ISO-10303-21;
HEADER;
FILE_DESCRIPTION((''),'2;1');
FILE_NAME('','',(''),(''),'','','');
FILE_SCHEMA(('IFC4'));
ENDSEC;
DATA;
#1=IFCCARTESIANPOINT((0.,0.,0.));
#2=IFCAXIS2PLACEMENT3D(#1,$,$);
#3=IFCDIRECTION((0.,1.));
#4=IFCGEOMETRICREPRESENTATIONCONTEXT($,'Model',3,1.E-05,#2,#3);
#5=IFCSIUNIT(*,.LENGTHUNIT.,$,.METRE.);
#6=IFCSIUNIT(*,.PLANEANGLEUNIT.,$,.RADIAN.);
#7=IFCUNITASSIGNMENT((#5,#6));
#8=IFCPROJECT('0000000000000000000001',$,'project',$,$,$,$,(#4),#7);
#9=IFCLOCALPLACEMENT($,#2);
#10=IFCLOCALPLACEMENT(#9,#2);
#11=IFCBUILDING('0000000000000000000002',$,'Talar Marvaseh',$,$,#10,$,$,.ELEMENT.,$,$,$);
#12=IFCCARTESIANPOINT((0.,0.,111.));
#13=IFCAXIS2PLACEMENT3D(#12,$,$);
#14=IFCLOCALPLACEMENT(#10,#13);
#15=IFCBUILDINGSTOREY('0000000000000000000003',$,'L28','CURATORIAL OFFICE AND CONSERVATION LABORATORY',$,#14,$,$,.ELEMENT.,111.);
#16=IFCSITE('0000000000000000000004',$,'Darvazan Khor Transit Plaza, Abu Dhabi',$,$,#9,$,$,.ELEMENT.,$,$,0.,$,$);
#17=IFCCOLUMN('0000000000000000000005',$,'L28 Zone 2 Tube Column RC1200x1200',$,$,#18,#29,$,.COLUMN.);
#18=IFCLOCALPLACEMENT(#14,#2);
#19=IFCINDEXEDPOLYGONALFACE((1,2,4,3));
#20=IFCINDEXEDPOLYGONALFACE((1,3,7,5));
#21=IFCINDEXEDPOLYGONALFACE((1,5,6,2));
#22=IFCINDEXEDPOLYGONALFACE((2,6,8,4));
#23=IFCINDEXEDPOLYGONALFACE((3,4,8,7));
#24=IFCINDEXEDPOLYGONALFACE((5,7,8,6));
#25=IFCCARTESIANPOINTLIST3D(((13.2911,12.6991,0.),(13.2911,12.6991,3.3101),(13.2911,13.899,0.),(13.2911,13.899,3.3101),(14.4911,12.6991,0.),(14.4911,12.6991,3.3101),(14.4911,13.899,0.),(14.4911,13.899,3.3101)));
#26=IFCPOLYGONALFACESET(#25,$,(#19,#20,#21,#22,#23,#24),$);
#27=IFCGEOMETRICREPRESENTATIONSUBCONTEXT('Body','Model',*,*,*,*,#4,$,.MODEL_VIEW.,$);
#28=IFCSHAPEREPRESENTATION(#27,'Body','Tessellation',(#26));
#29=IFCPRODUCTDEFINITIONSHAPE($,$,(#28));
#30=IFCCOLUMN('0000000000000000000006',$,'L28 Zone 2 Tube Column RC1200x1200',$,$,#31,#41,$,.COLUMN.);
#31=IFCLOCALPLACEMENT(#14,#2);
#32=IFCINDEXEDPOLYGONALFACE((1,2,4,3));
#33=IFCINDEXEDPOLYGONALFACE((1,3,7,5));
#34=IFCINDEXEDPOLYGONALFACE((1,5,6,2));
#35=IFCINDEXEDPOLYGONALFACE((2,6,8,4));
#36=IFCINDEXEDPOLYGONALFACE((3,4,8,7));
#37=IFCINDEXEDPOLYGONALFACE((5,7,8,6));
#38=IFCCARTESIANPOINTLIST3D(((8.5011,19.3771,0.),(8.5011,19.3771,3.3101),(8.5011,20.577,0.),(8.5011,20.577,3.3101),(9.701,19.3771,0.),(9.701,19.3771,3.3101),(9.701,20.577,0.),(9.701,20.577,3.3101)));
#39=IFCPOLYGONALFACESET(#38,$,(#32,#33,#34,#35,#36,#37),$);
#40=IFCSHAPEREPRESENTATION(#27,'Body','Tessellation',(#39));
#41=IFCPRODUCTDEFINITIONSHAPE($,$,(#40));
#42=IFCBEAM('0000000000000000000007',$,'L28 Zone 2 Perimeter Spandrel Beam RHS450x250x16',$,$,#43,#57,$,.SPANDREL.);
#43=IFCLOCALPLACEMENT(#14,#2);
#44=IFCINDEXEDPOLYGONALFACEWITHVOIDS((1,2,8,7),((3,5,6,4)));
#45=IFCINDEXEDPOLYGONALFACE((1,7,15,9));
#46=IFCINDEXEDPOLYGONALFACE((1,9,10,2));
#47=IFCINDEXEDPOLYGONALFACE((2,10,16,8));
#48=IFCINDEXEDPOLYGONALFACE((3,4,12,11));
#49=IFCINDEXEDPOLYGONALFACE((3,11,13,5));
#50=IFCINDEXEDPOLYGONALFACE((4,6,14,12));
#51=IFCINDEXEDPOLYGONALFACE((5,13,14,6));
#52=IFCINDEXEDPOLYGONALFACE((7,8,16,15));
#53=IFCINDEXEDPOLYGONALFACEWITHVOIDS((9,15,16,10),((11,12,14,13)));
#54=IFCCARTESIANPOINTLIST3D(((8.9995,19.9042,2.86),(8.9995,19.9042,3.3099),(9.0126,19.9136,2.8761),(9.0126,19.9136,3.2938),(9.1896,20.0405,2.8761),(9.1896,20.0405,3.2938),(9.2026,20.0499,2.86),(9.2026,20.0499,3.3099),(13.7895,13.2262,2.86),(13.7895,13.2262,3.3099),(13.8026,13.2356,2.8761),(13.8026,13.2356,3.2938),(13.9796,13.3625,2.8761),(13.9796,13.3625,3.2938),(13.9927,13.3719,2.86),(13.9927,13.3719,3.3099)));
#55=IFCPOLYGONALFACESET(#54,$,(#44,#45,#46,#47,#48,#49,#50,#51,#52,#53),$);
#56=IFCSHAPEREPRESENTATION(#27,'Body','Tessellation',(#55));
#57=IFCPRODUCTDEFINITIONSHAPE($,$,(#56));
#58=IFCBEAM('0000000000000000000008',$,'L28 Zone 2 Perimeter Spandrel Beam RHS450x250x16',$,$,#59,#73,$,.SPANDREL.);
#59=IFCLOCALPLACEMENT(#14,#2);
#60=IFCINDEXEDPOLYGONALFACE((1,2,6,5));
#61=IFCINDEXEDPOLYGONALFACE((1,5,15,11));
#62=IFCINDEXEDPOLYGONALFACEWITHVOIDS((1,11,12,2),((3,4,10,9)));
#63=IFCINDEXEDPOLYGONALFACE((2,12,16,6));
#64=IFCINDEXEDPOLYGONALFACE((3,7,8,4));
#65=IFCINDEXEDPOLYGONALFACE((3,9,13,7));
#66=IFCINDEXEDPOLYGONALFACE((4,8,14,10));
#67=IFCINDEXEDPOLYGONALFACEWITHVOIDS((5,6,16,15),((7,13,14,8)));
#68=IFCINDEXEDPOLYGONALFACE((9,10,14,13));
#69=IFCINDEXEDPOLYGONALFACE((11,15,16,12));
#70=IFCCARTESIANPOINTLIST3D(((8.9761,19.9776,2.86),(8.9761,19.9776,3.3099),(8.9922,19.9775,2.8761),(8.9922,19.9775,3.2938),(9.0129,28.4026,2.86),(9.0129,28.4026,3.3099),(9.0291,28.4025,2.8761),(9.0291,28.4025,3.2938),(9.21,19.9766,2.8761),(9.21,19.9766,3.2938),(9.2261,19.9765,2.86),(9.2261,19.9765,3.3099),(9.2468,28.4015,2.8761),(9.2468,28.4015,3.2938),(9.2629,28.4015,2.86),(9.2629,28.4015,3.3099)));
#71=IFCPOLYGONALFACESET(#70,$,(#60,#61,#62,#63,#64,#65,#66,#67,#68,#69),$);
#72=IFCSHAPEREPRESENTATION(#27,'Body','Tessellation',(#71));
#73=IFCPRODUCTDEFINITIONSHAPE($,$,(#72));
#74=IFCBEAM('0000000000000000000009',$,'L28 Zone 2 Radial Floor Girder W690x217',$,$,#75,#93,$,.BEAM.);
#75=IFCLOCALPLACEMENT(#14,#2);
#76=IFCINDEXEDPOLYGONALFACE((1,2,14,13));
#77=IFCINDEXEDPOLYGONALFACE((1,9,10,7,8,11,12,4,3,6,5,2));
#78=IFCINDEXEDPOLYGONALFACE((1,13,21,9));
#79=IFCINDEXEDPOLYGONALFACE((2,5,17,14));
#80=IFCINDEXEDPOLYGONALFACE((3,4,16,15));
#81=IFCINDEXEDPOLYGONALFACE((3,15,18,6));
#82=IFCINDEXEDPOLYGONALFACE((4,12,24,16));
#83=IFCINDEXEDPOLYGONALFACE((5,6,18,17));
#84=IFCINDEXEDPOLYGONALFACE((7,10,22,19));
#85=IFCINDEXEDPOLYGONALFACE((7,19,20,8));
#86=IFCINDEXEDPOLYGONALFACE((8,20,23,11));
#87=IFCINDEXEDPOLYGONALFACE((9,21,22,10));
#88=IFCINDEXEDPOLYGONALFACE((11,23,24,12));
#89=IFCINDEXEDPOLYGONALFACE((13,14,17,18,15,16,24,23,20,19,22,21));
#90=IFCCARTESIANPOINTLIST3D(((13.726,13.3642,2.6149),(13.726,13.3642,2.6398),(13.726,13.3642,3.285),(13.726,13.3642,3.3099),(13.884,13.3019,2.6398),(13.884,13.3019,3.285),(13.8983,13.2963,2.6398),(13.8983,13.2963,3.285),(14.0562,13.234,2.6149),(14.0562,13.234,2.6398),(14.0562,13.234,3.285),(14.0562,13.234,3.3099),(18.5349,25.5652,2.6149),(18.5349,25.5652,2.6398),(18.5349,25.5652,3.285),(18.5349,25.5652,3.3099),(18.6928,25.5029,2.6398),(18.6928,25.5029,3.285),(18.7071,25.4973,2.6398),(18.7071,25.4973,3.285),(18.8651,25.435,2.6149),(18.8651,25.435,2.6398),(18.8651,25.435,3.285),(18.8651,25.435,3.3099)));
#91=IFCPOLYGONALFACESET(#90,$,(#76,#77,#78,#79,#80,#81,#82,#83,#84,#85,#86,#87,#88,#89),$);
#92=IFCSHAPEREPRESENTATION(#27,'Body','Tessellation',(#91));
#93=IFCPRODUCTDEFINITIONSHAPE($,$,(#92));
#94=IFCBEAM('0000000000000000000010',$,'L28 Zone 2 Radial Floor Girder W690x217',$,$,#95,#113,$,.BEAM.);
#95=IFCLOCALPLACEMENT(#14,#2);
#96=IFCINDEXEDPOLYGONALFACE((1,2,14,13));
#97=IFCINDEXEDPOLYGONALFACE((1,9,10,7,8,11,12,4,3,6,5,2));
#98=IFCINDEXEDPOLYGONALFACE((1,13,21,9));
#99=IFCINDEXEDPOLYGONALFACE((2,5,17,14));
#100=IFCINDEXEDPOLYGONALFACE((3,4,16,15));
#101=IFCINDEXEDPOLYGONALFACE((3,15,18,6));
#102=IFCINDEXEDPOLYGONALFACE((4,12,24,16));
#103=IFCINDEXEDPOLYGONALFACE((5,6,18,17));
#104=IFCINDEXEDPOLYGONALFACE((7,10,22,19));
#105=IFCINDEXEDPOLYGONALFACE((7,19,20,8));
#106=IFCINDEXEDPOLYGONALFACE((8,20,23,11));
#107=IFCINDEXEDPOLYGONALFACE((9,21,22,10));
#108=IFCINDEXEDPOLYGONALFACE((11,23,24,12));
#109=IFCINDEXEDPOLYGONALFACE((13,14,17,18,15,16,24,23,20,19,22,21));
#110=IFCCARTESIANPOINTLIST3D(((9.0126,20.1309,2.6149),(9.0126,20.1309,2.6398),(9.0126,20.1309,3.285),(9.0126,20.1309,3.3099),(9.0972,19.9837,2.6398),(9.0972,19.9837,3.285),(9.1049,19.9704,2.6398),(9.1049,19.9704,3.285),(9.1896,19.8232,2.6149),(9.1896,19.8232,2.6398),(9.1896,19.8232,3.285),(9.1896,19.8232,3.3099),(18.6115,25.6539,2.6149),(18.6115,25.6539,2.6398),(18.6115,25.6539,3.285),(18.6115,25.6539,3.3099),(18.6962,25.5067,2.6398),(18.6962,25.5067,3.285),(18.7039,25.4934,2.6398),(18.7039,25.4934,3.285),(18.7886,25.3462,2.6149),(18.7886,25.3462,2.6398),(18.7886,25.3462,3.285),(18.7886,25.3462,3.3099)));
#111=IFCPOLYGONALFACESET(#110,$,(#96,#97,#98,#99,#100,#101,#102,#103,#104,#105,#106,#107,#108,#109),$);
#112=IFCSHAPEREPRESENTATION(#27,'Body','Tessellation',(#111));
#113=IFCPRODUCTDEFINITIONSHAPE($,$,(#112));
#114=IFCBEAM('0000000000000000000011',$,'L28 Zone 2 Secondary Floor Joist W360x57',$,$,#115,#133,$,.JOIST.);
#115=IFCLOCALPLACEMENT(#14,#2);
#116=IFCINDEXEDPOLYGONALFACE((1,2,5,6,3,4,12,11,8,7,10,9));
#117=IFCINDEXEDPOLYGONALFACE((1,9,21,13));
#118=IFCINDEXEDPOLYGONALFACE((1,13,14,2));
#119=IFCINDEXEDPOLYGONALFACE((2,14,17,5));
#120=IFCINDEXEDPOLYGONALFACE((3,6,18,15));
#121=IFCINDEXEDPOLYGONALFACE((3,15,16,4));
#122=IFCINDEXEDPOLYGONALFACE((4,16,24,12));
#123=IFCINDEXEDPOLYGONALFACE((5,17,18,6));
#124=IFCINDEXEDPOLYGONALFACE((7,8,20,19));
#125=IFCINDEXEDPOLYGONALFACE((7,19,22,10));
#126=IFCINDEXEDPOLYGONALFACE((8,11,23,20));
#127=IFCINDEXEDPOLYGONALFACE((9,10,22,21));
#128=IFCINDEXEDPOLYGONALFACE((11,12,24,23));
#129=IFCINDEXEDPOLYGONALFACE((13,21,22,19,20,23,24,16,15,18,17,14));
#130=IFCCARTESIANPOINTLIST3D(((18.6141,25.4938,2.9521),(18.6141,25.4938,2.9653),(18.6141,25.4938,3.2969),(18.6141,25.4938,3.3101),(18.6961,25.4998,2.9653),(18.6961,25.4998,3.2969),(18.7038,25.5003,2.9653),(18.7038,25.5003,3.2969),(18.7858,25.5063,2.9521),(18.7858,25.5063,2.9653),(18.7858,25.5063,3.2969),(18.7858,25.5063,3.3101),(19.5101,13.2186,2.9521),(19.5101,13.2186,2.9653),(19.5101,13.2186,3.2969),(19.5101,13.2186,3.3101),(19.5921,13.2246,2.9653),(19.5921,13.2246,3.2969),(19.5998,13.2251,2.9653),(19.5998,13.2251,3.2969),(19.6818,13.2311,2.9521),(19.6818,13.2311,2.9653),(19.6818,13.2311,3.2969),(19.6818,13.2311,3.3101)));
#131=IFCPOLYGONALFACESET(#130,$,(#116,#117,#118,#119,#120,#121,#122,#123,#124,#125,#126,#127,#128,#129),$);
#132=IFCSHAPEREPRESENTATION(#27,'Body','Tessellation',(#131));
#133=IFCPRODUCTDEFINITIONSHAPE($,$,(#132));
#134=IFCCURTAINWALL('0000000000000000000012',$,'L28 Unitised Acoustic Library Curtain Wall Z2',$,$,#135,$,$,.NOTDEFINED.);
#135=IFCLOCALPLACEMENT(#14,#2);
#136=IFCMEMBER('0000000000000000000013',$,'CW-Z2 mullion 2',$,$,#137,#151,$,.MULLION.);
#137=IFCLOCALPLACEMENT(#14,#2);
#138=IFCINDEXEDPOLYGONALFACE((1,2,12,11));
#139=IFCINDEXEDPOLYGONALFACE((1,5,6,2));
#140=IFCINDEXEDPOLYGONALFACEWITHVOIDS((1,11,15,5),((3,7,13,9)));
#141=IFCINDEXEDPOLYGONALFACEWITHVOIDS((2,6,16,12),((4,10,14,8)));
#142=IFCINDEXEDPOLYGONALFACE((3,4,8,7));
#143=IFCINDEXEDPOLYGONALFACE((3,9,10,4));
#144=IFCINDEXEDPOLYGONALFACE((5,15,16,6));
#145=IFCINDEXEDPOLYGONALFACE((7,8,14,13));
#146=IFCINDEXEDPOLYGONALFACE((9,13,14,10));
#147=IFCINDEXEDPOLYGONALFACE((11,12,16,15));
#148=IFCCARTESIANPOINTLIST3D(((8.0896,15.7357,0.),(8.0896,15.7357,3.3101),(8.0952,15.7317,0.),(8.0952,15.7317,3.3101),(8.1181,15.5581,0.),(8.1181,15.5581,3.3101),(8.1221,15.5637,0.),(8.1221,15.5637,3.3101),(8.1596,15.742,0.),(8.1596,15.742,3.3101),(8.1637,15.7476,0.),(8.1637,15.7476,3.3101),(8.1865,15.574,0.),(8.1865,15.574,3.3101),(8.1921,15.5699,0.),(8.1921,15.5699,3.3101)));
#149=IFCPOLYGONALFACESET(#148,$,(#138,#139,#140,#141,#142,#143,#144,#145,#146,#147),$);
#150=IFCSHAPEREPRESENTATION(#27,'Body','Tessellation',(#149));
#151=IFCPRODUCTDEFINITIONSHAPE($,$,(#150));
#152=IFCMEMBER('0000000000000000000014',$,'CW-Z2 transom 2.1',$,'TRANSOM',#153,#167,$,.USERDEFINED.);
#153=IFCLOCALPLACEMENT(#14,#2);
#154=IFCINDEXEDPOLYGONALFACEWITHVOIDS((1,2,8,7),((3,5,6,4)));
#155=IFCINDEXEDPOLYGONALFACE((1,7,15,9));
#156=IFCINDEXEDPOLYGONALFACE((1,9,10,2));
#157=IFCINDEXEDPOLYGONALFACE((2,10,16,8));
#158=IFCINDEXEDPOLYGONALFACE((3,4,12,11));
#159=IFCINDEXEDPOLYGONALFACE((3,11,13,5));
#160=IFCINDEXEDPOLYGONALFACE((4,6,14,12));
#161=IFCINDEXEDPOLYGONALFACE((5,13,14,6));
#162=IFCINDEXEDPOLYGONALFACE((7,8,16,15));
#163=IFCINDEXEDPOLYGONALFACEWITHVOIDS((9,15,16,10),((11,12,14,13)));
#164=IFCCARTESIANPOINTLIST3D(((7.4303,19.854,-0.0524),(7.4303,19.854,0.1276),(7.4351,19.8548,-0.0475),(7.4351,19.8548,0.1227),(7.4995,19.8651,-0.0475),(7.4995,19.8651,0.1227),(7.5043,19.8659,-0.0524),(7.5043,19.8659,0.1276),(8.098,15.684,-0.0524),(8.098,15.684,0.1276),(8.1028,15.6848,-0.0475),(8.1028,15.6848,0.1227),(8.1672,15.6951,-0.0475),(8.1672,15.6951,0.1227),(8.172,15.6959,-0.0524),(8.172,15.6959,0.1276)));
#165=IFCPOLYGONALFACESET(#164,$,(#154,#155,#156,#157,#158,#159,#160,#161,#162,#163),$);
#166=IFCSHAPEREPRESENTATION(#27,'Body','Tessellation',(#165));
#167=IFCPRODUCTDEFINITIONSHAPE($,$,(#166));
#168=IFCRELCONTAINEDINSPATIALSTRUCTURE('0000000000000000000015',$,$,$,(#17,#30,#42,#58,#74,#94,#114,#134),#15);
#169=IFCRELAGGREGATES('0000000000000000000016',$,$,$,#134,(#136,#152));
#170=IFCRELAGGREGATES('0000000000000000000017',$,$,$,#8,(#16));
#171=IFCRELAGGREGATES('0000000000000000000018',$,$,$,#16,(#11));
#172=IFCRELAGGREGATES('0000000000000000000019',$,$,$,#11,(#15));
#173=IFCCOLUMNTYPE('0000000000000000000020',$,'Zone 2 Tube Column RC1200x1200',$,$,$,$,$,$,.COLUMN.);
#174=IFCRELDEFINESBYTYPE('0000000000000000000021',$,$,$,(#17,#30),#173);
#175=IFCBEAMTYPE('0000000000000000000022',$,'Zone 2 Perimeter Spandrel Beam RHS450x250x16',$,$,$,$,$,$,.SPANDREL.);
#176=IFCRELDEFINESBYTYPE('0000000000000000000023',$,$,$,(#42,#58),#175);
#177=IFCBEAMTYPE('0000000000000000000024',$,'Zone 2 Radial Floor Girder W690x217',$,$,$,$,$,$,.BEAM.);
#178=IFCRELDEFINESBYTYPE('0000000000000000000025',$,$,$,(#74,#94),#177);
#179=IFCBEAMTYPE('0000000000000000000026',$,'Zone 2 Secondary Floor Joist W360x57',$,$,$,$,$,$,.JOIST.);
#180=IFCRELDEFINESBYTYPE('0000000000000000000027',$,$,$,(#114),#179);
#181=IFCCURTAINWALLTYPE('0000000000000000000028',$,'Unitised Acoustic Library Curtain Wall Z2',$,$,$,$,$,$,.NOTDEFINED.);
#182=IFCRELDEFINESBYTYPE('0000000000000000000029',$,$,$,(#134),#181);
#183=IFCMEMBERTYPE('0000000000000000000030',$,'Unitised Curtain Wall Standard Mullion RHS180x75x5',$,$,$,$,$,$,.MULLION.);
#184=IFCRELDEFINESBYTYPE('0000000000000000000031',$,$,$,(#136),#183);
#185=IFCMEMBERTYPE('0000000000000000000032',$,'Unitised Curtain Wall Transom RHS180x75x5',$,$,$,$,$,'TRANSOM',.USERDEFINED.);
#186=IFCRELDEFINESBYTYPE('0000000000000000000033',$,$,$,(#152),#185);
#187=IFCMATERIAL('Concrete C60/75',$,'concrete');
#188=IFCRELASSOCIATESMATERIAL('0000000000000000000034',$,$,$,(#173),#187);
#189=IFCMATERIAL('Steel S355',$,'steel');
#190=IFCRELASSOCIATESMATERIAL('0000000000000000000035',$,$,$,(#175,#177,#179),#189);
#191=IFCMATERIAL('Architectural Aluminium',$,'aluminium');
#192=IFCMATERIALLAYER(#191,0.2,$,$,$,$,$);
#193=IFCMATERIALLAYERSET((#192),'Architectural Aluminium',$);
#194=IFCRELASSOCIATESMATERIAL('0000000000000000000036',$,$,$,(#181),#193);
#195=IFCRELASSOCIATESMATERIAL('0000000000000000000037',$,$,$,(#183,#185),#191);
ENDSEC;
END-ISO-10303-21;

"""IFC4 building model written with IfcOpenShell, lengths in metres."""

from ifc_helpers import new_model, si_unit, direction, frame, origin, origin_2d, place, context, subcontext, project, spatial, rectangle, hollow_rectangle, i_section, extrude, source, transform, mapped, material, layer, layer_set, material_profile, profile_set, type_object, type_shapes, element, aggregate, save


model = new_model("IFC4")

# Units and contexts
model_context = context("Model", 3, precision=1e-05, world=origin(), true_north=direction((0.0, 1.0)))
body_context = subcontext(model_context, "Body", "Model", "MODEL_VIEW")
ifc_project = project(units=[si_unit("LENGTHUNIT", "METRE"), si_unit("PLANEANGLEUNIT", "RADIAN")], contexts=[model_context])

# Site, building, storey
site_placement = place(None, origin())
site = spatial("IfcSite", under=ifc_project, at=site_placement, Name="Darvazan Khor Transit Plaza, Abu Dhabi", CompositionType="ELEMENT", RefElevation=0.0)
building_placement = place(site_placement, origin())
building = spatial("IfcBuilding", under=site, at=building_placement, Name="Talar Marvaseh", CompositionType="ELEMENT")
storey_placement = place(building_placement, frame((0.0, 0.0, 111.0)))
storey = spatial("IfcBuildingStorey", under=building, at=storey_placement, Name="L28", Description="CURATORIAL OFFICE AND CONSERVATION LABORATORY", CompositionType="ELEMENT", Elevation=111.0)

# Columns
ifc_material_1 = material(Name="Concrete C60/75", Category="concrete")
ifc_material_profile_1 = material_profile(ifc_material_1, rectangle(XDim=1.2, YDim=1.2, at=origin_2d()), Name="RC1200x1200")
ifc_profile_set_1 = profile_set([ifc_material_profile_1], Name="Concrete C60/75")
column_type = type_object("IfcColumnType", Name="Zone 2 Tube Column RC1200x1200", PredefinedType="COLUMN", material=ifc_profile_set_1)
for number, where, z_axis, x_axis, name in (
    (1, (13.8911, 13.2991, 0.0), (0.0, 0.0, 1.0), (1.0, 0.0, 0.0), "L28 Zone 2 Tube Column RC1200x1200"),
    (2, (9.1011, 19.9771, 0.0), (0.0, 0.0, 1.0), (1.0, 0.0, 0.0), "L28 Zone 2 Tube Column RC1200x1200"),
):
    element("IfcColumn", number, at=place(storey_placement, frame(where, z_axis=z_axis, x_axis=x_axis)), inside=storey, type_object=column_type, Name=name, PredefinedType="COLUMN", context=body_context, shape_type="SweptSolid", body=[
        extrude(rectangle(XDim=1.2, YDim=1.2, at=origin_2d()), origin(), (0.0, 0.0, 1.0), 3.3101),
    ])

# Beams
ifc_material_2 = material(Name="Steel S355", Category="steel")
ifc_material_profile_2 = material_profile(ifc_material_2, hollow_rectangle(XDim=0.25, YDim=0.45, WallThickness=0.0161, at=origin_2d()), Name="RHS450x250x16")
ifc_profile_set_2 = profile_set([ifc_material_profile_2], Name="Steel S355")
beam_type_1 = type_object("IfcBeamType", Name="Zone 2 Perimeter Spandrel Beam RHS450x250x16", PredefinedType="SPANDREL", material=ifc_profile_set_2)
beam_1_placement = place(storey_placement, frame((13.8911, 13.2991, 3.085), z_axis=(-0.582853, 0.812578, 0.0), x_axis=(-0.812578, -0.582853, 0.0)))
element("IfcBeam", 3, at=beam_1_placement, inside=storey, type_object=beam_type_1, Name="L28 Zone 2 Perimeter Spandrel Beam RHS450x250x16", PredefinedType="SPANDREL", context=body_context, shape_type="SweptSolid", body=[
    extrude(hollow_rectangle(XDim=0.25, YDim=0.45, WallThickness=0.0161, at=origin_2d()), origin(), (0.0, 0.0, 1.0), 8.2183),
])
beam_2_placement = place(storey_placement, frame((9.1011, 19.9771, 3.085), z_axis=(0.004376, 0.99999, 0.0), x_axis=(-0.99999, 0.004376, 0.0)))
element("IfcBeam", 4, at=beam_2_placement, inside=storey, type_object=beam_type_1, Name="L28 Zone 2 Perimeter Spandrel Beam RHS450x250x16", PredefinedType="SPANDREL", context=body_context, shape_type="SweptSolid", body=[
    extrude(hollow_rectangle(XDim=0.25, YDim=0.45, WallThickness=0.0161, at=origin_2d()), origin(), (0.0, 0.0, 1.0), 8.425),
])
ifc_material_profile_3 = material_profile(ifc_material_2, i_section(OverallWidth=0.355, OverallDepth=0.6951, WebThickness=0.0154, FlangeThickness=0.0249, at=origin_2d()), Name="W690x217")
ifc_profile_set_3 = profile_set([ifc_material_profile_3], Name="Steel S355")
beam_type_2 = type_object("IfcBeamType", Name="Zone 2 Radial Floor Girder W690x217", PredefinedType="BEAM", material=ifc_profile_set_3)
beam_3_placement = place(storey_placement, frame((13.8911, 13.2991, 2.9624), z_axis=(0.366684, 0.930346, 0.0), x_axis=(-0.930346, 0.366684, 0.0)))
element("IfcBeam", 5, at=beam_3_placement, inside=storey, type_object=beam_type_2, Name="L28 Zone 2 Radial Floor Girder W690x217", PredefinedType="BEAM", context=body_context, shape_type="SweptSolid", body=[
    extrude(i_section(OverallWidth=0.355, OverallDepth=0.6951, WebThickness=0.0154, FlangeThickness=0.0249, at=origin_2d()), origin(), (0.0, 0.0, 1.0), 13.1145),
])
beam_4_placement = place(storey_placement, frame((9.1011, 19.9771, 2.9624), z_axis=(0.866766, 0.498715, 0.0), x_axis=(-0.498715, 0.866766, 0.0)))
element("IfcBeam", 6, at=beam_4_placement, inside=storey, type_object=beam_type_2, Name="L28 Zone 2 Radial Floor Girder W690x217", PredefinedType="BEAM", context=body_context, shape_type="SweptSolid", body=[
    extrude(i_section(OverallWidth=0.355, OverallDepth=0.6951, WebThickness=0.0154, FlangeThickness=0.0249, at=origin_2d()), origin(), (0.0, 0.0, 1.0), 11.0745),
])
ifc_material_profile_4 = material_profile(ifc_material_2, i_section(OverallWidth=0.1721, OverallDepth=0.3579, WebThickness=0.0078, FlangeThickness=0.0132, at=origin_2d()), Name="W360x57")
ifc_profile_set_4 = profile_set([ifc_material_profile_4], Name="Steel S355")
beam_type_3 = type_object("IfcBeamType", Name="Zone 2 Secondary Floor Joist W360x57", PredefinedType="JOIST", material=ifc_profile_set_4)
beam_5_placement = place(storey_placement, frame((19.5959, 13.2249, 3.1311), z_axis=(-0.072799, 0.997347, 0.0), x_axis=(-0.997347, -0.072799, 0.0)))
element("IfcBeam", 7, at=beam_5_placement, inside=storey, type_object=beam_type_3, Name="L28 Zone 2 Secondary Floor Joist W360x57", PredefinedType="JOIST", context=body_context, shape_type="SweptSolid", body=[
    extrude(i_section(OverallWidth=0.1721, OverallDepth=0.3579, WebThickness=0.0078, FlangeThickness=0.0132, at=origin_2d()), origin(), (0.0, 0.0, 1.0), 12.3079),
])

# Curtain wall, members
ifc_material_3 = material(Name="Architectural Aluminium", Category="aluminium")
ifc_layer_1 = layer(ifc_material_3, 0.2)
ifc_layer_set_1 = layer_set([ifc_layer_1], Name="Architectural Aluminium")
curtain_wall_type = type_object("IfcCurtainWallType", Name="Unitised Acoustic Library Curtain Wall Z2", PredefinedType="NOTDEFINED", material=ifc_layer_set_1)
curtain_wall_placement = place(storey_placement, origin())
curtain_wall = element("IfcCurtainWall", 8, at=curtain_wall_placement, inside=storey, type_object=curtain_wall_type, Name="L28 Unitised Acoustic Library Curtain Wall Z2", PredefinedType="NOTDEFINED")
ifc_material_profile_5 = material_profile(ifc_material_3, hollow_rectangle(XDim=0.075, YDim=0.1799, WallThickness=0.0049, at=origin_2d()), Name="RHS180x75x5")
ifc_profile_set_5 = profile_set([ifc_material_profile_5], Name="Architectural Aluminium")
member_type_1 = type_object("IfcMemberType", Name="Unitised Curtain Wall Standard Mullion RHS180x75x5", PredefinedType="MULLION", material=ifc_profile_set_5)
shared_shape_1 = source(origin(), body_context, "Body", "SweptSolid", [
    extrude(hollow_rectangle(XDim=0.075, YDim=0.1799, WallThickness=0.0049, at=origin_2d()), origin(), (0.0, 0.0, 1.0), 3.3101),
])
type_shapes(member_type_1, [shared_shape_1])
member_1_placement = place(storey_placement, frame((8.1409, 15.6528, 0.0), z_axis=(0.0, 0.0, 1.0), x_axis=(-0.987424, -0.158095, 0.0)))
member_1 = element("IfcMember", 9, at=member_1_placement, type_object=member_type_1, Name="CW-Z2 mullion 2", PredefinedType="MULLION", context=body_context, shape_type="MappedRepresentation", body=[
    mapped(shared_shape_1, transform((0.0, 0.0, 0.0), x_axis=(1.0, 0.0, 0.0), y_axis=(0.0, 1.0, 0.0), z_axis=(0.0, 0.0, 1.0), scale=1.0)),
])
ifc_material_profile_6 = material_profile(ifc_material_3, hollow_rectangle(XDim=0.075, YDim=0.1799, WallThickness=0.0049, at=origin_2d()), Name="RHS180x75x5")
ifc_profile_set_6 = profile_set([ifc_material_profile_6], Name="Architectural Aluminium")
member_type_2 = type_object("IfcMemberType", Name="Unitised Curtain Wall Transom RHS180x75x5", ElementType="TRANSOM", PredefinedType="USERDEFINED", material=ifc_profile_set_6)
shared_shape_2 = source(origin(), body_context, "Body", "SweptSolid", [
    extrude(hollow_rectangle(XDim=0.075, YDim=0.1799, WallThickness=0.0049, at=origin_2d()), origin(), (0.0, 0.0, 1.0), 4.2231),
])
type_shapes(member_type_2, [shared_shape_2])
member_2_placement = place(storey_placement, frame((8.135, 15.6899, 0.0376), z_axis=(-0.158115, 0.987421, 0.0), x_axis=(-0.987421, -0.158115, 0.0)))
member_2 = element("IfcMember", 10, at=member_2_placement, type_object=member_type_2, Name="CW-Z2 transom 2.1", ObjectType="TRANSOM", PredefinedType="USERDEFINED", context=body_context, shape_type="MappedRepresentation", body=[
    mapped(shared_shape_2, transform((0.0, 0.0, 0.0), x_axis=(1.0, 0.0, 0.0), y_axis=(0.0, 1.0, 0.0), z_axis=(0.0, 0.0, 1.0), scale=1.0)),
])
aggregate(curtain_wall, [member_1, member_2])

save(model, "model.ifc")
